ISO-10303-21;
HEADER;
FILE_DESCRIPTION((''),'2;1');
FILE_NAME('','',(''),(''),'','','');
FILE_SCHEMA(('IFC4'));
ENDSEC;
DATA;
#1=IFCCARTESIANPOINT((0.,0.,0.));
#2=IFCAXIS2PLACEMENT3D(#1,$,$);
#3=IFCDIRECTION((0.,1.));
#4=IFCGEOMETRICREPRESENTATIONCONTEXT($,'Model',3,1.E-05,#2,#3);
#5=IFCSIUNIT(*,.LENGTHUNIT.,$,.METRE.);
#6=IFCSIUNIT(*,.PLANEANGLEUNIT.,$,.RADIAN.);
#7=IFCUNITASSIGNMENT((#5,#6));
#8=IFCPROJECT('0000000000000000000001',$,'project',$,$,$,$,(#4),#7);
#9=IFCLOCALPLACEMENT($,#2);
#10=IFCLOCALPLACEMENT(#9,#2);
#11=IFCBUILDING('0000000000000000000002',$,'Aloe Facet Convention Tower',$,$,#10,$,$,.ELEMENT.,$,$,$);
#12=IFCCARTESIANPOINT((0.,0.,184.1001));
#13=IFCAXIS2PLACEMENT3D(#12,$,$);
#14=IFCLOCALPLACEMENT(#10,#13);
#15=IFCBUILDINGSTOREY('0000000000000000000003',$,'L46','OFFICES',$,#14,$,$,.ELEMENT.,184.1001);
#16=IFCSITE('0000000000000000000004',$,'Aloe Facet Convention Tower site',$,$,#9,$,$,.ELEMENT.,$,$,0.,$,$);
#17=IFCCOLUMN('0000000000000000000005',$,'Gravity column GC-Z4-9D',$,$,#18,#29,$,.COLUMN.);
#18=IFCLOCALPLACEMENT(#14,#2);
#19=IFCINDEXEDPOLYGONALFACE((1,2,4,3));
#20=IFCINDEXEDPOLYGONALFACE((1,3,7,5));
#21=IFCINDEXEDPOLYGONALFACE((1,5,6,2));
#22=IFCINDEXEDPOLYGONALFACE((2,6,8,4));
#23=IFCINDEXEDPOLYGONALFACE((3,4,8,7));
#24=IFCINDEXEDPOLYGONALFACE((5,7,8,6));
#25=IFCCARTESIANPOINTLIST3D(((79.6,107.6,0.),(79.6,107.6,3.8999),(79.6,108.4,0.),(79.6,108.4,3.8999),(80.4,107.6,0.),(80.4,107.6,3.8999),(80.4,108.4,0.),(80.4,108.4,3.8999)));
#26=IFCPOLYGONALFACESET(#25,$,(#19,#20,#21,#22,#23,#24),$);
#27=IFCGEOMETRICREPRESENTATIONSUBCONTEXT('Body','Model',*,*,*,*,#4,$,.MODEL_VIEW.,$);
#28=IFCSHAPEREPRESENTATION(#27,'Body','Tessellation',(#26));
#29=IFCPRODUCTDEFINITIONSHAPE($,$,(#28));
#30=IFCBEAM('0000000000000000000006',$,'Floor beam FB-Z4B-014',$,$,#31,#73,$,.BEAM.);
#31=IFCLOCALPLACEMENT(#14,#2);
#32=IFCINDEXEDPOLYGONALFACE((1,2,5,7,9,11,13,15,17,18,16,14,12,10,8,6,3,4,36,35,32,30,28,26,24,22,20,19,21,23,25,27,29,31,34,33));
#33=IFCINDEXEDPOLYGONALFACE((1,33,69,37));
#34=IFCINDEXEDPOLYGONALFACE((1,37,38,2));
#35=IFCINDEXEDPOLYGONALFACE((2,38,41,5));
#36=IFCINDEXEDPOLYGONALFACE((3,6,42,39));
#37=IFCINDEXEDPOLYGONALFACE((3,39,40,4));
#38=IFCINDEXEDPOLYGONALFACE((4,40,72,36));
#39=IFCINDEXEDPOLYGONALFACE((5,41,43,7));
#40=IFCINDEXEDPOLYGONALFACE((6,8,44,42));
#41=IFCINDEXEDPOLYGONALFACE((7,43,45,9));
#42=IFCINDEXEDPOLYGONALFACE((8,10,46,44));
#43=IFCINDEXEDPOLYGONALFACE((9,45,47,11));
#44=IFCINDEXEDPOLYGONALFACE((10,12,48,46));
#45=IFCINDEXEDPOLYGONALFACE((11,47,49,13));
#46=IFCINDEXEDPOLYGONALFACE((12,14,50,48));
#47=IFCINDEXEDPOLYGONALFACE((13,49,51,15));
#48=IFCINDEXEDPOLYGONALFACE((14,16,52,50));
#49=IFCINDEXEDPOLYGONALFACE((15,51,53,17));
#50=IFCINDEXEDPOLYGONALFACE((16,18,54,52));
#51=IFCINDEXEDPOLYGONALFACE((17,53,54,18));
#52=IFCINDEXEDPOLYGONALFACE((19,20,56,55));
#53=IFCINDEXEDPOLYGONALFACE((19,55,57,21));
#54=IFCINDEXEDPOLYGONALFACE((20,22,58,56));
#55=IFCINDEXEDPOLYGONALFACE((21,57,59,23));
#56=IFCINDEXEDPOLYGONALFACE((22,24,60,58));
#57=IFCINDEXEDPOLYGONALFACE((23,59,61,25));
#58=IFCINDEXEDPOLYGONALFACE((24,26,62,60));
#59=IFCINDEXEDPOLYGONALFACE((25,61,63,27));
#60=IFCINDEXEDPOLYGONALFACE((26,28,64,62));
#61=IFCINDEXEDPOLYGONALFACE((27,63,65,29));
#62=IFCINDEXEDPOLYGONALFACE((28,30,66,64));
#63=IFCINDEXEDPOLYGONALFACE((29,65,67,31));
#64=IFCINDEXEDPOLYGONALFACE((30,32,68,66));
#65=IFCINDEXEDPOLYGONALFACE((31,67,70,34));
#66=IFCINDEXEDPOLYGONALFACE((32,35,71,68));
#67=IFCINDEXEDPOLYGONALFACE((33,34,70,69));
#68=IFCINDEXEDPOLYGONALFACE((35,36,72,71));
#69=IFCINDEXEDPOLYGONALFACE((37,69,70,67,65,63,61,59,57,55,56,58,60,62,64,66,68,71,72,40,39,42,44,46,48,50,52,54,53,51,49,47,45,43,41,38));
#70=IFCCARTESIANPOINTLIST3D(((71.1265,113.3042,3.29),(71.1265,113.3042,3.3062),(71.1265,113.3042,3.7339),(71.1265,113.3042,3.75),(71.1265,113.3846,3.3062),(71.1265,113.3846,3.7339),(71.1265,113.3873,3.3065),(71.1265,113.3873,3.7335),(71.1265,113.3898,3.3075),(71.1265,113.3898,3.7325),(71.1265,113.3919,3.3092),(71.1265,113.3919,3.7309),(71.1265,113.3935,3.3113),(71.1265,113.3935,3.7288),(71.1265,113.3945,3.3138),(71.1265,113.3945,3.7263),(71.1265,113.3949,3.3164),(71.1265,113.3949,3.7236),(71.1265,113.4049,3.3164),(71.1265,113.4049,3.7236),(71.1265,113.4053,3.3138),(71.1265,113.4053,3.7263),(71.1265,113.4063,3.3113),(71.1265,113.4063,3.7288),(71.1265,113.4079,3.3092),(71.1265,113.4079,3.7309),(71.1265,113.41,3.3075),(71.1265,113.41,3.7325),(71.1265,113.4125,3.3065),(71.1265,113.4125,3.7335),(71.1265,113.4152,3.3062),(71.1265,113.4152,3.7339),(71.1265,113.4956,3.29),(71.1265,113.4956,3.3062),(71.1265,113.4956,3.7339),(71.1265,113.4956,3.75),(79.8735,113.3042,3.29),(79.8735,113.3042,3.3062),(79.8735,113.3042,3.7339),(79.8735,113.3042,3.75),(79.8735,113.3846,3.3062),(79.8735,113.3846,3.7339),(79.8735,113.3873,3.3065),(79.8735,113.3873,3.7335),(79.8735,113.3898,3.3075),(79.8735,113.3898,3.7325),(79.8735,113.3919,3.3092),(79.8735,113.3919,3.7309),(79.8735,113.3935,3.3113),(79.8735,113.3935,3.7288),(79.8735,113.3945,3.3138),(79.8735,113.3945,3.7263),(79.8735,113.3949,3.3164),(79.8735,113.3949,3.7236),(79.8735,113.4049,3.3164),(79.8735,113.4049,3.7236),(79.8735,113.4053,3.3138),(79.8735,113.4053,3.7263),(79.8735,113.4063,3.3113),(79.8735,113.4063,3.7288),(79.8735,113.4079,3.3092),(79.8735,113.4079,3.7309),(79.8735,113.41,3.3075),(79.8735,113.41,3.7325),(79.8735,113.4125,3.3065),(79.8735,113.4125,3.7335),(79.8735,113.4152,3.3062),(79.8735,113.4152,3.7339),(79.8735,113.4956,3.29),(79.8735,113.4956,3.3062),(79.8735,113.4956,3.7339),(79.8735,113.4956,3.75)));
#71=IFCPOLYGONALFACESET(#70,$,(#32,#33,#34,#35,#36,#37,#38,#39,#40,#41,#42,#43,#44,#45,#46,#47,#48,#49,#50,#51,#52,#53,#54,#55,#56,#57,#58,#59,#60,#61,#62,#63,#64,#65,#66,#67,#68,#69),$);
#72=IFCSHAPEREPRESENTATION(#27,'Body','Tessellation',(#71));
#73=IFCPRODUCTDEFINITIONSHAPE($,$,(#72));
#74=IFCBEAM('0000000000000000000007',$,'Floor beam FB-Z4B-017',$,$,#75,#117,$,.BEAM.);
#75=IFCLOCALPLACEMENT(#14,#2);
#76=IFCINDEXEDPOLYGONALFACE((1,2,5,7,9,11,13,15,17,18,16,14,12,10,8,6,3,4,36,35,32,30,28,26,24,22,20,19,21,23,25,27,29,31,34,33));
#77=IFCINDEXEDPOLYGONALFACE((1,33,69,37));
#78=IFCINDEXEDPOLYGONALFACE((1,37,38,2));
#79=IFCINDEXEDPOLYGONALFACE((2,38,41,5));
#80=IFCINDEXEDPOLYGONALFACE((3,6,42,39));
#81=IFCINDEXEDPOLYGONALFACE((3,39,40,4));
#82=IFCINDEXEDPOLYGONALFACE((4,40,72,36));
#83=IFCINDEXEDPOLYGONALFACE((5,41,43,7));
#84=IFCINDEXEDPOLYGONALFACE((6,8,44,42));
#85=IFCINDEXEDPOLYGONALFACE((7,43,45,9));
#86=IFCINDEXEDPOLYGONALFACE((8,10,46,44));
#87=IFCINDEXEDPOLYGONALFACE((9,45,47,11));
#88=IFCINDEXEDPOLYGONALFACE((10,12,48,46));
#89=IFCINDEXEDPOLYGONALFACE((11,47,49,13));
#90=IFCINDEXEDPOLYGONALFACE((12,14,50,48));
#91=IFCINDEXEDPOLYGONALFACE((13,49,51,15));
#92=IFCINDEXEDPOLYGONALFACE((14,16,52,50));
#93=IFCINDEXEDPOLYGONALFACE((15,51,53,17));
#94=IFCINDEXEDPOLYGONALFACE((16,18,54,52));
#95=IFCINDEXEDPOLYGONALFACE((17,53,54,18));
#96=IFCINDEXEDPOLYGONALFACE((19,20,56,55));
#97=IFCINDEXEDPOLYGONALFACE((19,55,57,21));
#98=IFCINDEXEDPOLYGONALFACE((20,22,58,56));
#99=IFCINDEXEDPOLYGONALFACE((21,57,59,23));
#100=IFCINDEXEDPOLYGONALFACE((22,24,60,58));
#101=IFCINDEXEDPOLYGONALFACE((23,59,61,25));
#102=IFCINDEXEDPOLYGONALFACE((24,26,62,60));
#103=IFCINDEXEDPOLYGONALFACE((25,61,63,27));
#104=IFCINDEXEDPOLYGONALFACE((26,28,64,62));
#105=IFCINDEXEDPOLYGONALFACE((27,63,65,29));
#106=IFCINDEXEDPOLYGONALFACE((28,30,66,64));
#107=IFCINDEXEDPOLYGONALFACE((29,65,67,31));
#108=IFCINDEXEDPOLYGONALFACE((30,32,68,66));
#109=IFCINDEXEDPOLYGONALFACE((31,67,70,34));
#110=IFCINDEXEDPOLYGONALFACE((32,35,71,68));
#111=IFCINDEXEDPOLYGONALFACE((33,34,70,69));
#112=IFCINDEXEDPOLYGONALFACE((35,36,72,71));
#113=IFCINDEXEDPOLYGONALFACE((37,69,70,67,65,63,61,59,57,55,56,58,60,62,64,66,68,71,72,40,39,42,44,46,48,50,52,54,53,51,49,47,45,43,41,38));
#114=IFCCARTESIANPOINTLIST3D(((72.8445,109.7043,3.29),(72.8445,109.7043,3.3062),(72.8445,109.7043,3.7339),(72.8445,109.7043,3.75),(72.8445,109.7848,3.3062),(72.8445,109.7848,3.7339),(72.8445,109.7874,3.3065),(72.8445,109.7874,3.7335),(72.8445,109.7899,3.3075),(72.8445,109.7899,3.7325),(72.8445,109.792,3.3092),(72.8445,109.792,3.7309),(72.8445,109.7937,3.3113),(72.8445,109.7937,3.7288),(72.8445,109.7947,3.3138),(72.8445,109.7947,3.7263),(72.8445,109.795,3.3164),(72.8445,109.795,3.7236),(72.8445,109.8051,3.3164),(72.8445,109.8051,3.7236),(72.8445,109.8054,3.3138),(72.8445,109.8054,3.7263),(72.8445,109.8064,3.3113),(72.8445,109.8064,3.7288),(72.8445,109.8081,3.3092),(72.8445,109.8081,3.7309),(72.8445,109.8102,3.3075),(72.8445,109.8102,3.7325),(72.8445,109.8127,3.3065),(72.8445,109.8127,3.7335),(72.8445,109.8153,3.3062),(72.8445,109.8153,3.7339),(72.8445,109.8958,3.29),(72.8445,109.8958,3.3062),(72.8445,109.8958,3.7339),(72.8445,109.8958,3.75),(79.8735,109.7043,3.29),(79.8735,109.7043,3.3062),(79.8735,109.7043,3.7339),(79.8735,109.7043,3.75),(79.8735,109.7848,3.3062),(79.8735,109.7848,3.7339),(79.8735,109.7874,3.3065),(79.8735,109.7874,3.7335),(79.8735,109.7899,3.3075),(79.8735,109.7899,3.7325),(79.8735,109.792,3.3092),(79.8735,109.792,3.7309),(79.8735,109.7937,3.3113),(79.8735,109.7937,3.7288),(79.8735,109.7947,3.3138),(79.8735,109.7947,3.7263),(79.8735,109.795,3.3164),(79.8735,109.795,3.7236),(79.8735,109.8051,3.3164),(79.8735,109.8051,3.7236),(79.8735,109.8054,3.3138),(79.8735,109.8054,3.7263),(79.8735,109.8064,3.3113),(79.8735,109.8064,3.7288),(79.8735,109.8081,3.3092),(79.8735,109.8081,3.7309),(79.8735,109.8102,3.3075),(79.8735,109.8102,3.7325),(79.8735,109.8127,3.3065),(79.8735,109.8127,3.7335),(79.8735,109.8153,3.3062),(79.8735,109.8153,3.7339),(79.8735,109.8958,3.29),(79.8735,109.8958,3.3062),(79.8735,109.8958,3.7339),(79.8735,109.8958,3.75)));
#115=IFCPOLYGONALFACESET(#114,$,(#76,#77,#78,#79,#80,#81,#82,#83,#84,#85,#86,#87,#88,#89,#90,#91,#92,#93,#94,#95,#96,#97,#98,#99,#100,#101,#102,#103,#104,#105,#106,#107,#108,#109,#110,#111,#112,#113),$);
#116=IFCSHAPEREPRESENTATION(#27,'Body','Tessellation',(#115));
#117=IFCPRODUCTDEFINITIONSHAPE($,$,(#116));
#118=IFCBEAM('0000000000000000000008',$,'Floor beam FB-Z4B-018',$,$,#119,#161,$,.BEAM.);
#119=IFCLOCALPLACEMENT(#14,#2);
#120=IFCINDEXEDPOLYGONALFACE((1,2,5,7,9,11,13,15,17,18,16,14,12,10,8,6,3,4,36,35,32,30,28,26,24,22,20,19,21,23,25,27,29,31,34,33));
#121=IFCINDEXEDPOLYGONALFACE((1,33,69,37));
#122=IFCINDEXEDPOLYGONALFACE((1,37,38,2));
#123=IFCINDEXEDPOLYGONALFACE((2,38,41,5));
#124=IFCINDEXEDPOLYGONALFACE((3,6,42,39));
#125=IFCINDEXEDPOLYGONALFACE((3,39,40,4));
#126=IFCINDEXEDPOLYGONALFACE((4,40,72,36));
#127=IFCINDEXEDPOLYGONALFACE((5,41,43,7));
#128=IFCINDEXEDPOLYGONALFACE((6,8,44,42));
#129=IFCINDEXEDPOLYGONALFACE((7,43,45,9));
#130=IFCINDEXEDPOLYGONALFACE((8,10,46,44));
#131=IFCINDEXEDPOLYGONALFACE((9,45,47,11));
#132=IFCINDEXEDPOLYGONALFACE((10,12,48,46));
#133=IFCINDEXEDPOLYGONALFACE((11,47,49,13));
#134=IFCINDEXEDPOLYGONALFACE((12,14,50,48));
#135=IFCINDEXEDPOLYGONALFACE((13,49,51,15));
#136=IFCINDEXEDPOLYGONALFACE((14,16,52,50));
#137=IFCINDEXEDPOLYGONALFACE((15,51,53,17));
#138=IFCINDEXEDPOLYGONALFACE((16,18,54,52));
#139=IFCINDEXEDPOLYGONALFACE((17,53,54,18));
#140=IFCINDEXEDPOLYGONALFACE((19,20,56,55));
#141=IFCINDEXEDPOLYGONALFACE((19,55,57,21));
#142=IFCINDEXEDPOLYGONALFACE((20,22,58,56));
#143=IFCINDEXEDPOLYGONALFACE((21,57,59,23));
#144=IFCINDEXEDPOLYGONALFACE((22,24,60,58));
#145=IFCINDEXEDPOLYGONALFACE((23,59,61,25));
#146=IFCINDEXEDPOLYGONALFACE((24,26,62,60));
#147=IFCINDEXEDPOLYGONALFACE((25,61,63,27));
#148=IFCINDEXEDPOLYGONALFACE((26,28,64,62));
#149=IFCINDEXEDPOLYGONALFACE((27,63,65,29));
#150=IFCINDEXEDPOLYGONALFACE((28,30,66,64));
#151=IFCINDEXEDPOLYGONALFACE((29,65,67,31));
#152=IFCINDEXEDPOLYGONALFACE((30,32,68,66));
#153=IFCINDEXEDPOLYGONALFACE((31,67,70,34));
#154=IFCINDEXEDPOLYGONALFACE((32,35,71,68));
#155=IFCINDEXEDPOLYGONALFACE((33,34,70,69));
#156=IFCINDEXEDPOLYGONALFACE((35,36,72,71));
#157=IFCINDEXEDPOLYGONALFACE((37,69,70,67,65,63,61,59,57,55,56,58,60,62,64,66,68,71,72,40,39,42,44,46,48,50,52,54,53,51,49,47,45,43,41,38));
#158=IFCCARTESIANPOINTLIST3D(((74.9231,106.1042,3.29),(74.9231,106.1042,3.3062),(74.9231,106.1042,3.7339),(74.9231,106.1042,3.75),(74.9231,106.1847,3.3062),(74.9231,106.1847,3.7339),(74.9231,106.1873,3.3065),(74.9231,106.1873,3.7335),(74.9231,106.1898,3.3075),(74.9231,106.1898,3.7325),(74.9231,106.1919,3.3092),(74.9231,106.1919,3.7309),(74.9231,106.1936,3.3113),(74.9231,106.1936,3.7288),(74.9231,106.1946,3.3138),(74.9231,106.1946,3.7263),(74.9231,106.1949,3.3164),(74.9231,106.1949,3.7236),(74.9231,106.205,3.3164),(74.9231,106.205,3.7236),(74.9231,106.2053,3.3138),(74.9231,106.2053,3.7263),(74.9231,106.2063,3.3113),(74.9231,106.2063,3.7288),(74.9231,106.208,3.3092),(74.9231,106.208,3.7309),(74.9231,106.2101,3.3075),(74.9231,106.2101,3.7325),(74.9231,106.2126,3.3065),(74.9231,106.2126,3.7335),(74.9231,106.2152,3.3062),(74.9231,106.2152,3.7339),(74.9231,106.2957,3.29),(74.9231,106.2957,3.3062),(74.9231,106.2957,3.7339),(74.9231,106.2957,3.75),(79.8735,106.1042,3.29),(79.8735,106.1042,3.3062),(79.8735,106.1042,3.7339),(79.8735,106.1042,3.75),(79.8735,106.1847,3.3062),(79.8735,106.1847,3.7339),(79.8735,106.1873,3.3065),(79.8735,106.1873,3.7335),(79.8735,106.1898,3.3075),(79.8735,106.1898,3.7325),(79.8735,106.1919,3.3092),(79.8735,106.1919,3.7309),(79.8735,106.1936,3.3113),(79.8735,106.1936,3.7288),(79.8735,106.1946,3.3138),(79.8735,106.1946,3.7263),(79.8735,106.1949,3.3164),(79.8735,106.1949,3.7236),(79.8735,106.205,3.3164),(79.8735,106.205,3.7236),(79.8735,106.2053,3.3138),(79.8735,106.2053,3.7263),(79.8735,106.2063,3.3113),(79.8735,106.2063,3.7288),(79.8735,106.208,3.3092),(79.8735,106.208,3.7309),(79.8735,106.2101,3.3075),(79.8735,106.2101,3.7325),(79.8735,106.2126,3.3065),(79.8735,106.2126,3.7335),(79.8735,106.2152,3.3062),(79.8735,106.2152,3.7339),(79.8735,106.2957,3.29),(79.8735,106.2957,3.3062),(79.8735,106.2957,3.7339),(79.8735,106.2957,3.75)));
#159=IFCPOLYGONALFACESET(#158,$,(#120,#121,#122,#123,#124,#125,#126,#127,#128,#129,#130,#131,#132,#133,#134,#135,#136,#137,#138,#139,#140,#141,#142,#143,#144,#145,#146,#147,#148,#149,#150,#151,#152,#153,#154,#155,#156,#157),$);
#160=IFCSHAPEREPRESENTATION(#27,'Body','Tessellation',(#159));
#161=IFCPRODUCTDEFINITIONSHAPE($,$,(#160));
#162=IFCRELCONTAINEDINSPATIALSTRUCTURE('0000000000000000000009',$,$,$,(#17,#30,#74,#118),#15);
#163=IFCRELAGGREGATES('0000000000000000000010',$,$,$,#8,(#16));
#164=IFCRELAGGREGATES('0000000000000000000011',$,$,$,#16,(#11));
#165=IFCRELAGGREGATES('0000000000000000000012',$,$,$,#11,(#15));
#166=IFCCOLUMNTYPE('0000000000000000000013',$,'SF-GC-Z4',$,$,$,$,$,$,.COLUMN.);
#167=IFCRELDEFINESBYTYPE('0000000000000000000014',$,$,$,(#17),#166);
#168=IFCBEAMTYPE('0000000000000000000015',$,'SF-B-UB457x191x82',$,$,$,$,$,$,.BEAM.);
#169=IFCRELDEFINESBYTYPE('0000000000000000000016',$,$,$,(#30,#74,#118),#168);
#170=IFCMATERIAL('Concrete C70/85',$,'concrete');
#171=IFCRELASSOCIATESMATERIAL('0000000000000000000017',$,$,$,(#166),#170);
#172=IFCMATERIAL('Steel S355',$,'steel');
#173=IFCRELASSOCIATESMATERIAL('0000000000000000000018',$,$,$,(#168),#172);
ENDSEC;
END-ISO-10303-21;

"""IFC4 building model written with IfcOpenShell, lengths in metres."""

from ifc_helpers import new_model, si_unit, direction, frame, origin, origin_2d, place, context, subcontext, project, spatial, rectangle, i_section, extrude, material, material_profile, profile_set, type_object, element, save


model = new_model("IFC4")

# Units and contexts
model_context = context("Model", 3, precision=1e-05, world=origin(), true_north=direction((0.0, 1.0)))
body_context = subcontext(model_context, "Body", "Model", "MODEL_VIEW")
ifc_project = project(units=[si_unit("LENGTHUNIT", "METRE"), si_unit("PLANEANGLEUNIT", "RADIAN")], contexts=[model_context])

# Site, building, storey
site_placement = place(None, origin())
site = spatial("IfcSite", under=ifc_project, at=site_placement, Name="Aloe Facet Convention Tower site", CompositionType="ELEMENT", RefElevation=0.0)
building_placement = place(site_placement, origin())
building = spatial("IfcBuilding", under=site, at=building_placement, Name="Aloe Facet Convention Tower", CompositionType="ELEMENT")
storey_placement = place(building_placement, frame((0.0, 0.0, 184.1001)))
storey = spatial("IfcBuildingStorey", under=building, at=storey_placement, Name="L46", Description="OFFICES", CompositionType="ELEMENT", Elevation=184.1001)

# Column
ifc_material_1 = material(Name="Concrete C70/85", Category="concrete")
ifc_material_profile_1 = material_profile(ifc_material_1, rectangle(XDim=0.8, YDim=0.8, at=origin_2d()), Name="SF-GC-Z4")
ifc_profile_set_1 = profile_set([ifc_material_profile_1], Name="Concrete C70/85")
column_type = type_object("IfcColumnType", Name="SF-GC-Z4", PredefinedType="COLUMN", material=ifc_profile_set_1)
column_placement = place(storey_placement, frame((80.0, 108.0, 0.0), z_axis=(0.0, 0.0, 1.0), x_axis=(1.0, 0.0, 0.0)))
element("IfcColumn", 1, at=column_placement, inside=storey, type_object=column_type, Name="Gravity column GC-Z4-9D", PredefinedType="COLUMN", context=body_context, shape_type="SweptSolid", body=[
    extrude(rectangle(XDim=0.8, YDim=0.8, at=origin_2d()), origin(), (0.0, 0.0, 1.0), 3.8999),
])

# Beams
ifc_material_2 = material(Name="Steel S355", Category="steel")
ifc_material_profile_2 = material_profile(ifc_material_2, i_section(OverallWidth=0.1914, OverallDepth=0.46, WebThickness=0.01, FlangeThickness=0.0161, FilletRadius=0.0103, at=origin_2d()), Name="UB 457x191x82")
ifc_profile_set_2 = profile_set([ifc_material_profile_2], Name="Steel S355")
beam_type_1 = type_object("IfcBeamType", Name="SF-B-UB457x191x82", PredefinedType="BEAM", material=ifc_profile_set_2)
beam_1_placement = place(storey_placement, frame((71.1265, 113.3999, 3.52), z_axis=(1.0, 0.0, 0.0), x_axis=(0.0, 1.0, 0.0)))
element("IfcBeam", 2, at=beam_1_placement, inside=storey, type_object=beam_type_1, Name="Floor beam FB-Z4B-014", PredefinedType="BEAM", context=body_context, shape_type="SweptSolid", body=[
    extrude(i_section(OverallWidth=0.1914, OverallDepth=0.46, WebThickness=0.01, FlangeThickness=0.0161, FilletRadius=0.0103, at=origin_2d()), origin(), (0.0, 0.0, 1.0), 8.7471),
])
beam_2_placement = place(storey_placement, frame((72.8445, 109.8, 3.52), z_axis=(1.0, 0.0, 0.0), x_axis=(0.0, 1.0, 0.0)))
element("IfcBeam", 3, at=beam_2_placement, inside=storey, type_object=beam_type_1, Name="Floor beam FB-Z4B-017", PredefinedType="BEAM", context=body_context, shape_type="SweptSolid", body=[
    extrude(i_section(OverallWidth=0.1914, OverallDepth=0.46, WebThickness=0.01, FlangeThickness=0.0161, FilletRadius=0.0103, at=origin_2d()), origin(), (0.0, 0.0, 1.0), 7.0291),
])
beam_3_placement = place(storey_placement, frame((74.9231, 106.2, 3.52), z_axis=(1.0, 0.0, 0.0), x_axis=(0.0, 1.0, 0.0)))
element("IfcBeam", 4, at=beam_3_placement, inside=storey, type_object=beam_type_1, Name="Floor beam FB-Z4B-018", PredefinedType="BEAM", context=body_context, shape_type="SweptSolid", body=[
    extrude(i_section(OverallWidth=0.1914, OverallDepth=0.46, WebThickness=0.01, FlangeThickness=0.0161, FilletRadius=0.0103, at=origin_2d()), origin(), (0.0, 0.0, 1.0), 4.9504),
])

save(model, "model.ifc")
